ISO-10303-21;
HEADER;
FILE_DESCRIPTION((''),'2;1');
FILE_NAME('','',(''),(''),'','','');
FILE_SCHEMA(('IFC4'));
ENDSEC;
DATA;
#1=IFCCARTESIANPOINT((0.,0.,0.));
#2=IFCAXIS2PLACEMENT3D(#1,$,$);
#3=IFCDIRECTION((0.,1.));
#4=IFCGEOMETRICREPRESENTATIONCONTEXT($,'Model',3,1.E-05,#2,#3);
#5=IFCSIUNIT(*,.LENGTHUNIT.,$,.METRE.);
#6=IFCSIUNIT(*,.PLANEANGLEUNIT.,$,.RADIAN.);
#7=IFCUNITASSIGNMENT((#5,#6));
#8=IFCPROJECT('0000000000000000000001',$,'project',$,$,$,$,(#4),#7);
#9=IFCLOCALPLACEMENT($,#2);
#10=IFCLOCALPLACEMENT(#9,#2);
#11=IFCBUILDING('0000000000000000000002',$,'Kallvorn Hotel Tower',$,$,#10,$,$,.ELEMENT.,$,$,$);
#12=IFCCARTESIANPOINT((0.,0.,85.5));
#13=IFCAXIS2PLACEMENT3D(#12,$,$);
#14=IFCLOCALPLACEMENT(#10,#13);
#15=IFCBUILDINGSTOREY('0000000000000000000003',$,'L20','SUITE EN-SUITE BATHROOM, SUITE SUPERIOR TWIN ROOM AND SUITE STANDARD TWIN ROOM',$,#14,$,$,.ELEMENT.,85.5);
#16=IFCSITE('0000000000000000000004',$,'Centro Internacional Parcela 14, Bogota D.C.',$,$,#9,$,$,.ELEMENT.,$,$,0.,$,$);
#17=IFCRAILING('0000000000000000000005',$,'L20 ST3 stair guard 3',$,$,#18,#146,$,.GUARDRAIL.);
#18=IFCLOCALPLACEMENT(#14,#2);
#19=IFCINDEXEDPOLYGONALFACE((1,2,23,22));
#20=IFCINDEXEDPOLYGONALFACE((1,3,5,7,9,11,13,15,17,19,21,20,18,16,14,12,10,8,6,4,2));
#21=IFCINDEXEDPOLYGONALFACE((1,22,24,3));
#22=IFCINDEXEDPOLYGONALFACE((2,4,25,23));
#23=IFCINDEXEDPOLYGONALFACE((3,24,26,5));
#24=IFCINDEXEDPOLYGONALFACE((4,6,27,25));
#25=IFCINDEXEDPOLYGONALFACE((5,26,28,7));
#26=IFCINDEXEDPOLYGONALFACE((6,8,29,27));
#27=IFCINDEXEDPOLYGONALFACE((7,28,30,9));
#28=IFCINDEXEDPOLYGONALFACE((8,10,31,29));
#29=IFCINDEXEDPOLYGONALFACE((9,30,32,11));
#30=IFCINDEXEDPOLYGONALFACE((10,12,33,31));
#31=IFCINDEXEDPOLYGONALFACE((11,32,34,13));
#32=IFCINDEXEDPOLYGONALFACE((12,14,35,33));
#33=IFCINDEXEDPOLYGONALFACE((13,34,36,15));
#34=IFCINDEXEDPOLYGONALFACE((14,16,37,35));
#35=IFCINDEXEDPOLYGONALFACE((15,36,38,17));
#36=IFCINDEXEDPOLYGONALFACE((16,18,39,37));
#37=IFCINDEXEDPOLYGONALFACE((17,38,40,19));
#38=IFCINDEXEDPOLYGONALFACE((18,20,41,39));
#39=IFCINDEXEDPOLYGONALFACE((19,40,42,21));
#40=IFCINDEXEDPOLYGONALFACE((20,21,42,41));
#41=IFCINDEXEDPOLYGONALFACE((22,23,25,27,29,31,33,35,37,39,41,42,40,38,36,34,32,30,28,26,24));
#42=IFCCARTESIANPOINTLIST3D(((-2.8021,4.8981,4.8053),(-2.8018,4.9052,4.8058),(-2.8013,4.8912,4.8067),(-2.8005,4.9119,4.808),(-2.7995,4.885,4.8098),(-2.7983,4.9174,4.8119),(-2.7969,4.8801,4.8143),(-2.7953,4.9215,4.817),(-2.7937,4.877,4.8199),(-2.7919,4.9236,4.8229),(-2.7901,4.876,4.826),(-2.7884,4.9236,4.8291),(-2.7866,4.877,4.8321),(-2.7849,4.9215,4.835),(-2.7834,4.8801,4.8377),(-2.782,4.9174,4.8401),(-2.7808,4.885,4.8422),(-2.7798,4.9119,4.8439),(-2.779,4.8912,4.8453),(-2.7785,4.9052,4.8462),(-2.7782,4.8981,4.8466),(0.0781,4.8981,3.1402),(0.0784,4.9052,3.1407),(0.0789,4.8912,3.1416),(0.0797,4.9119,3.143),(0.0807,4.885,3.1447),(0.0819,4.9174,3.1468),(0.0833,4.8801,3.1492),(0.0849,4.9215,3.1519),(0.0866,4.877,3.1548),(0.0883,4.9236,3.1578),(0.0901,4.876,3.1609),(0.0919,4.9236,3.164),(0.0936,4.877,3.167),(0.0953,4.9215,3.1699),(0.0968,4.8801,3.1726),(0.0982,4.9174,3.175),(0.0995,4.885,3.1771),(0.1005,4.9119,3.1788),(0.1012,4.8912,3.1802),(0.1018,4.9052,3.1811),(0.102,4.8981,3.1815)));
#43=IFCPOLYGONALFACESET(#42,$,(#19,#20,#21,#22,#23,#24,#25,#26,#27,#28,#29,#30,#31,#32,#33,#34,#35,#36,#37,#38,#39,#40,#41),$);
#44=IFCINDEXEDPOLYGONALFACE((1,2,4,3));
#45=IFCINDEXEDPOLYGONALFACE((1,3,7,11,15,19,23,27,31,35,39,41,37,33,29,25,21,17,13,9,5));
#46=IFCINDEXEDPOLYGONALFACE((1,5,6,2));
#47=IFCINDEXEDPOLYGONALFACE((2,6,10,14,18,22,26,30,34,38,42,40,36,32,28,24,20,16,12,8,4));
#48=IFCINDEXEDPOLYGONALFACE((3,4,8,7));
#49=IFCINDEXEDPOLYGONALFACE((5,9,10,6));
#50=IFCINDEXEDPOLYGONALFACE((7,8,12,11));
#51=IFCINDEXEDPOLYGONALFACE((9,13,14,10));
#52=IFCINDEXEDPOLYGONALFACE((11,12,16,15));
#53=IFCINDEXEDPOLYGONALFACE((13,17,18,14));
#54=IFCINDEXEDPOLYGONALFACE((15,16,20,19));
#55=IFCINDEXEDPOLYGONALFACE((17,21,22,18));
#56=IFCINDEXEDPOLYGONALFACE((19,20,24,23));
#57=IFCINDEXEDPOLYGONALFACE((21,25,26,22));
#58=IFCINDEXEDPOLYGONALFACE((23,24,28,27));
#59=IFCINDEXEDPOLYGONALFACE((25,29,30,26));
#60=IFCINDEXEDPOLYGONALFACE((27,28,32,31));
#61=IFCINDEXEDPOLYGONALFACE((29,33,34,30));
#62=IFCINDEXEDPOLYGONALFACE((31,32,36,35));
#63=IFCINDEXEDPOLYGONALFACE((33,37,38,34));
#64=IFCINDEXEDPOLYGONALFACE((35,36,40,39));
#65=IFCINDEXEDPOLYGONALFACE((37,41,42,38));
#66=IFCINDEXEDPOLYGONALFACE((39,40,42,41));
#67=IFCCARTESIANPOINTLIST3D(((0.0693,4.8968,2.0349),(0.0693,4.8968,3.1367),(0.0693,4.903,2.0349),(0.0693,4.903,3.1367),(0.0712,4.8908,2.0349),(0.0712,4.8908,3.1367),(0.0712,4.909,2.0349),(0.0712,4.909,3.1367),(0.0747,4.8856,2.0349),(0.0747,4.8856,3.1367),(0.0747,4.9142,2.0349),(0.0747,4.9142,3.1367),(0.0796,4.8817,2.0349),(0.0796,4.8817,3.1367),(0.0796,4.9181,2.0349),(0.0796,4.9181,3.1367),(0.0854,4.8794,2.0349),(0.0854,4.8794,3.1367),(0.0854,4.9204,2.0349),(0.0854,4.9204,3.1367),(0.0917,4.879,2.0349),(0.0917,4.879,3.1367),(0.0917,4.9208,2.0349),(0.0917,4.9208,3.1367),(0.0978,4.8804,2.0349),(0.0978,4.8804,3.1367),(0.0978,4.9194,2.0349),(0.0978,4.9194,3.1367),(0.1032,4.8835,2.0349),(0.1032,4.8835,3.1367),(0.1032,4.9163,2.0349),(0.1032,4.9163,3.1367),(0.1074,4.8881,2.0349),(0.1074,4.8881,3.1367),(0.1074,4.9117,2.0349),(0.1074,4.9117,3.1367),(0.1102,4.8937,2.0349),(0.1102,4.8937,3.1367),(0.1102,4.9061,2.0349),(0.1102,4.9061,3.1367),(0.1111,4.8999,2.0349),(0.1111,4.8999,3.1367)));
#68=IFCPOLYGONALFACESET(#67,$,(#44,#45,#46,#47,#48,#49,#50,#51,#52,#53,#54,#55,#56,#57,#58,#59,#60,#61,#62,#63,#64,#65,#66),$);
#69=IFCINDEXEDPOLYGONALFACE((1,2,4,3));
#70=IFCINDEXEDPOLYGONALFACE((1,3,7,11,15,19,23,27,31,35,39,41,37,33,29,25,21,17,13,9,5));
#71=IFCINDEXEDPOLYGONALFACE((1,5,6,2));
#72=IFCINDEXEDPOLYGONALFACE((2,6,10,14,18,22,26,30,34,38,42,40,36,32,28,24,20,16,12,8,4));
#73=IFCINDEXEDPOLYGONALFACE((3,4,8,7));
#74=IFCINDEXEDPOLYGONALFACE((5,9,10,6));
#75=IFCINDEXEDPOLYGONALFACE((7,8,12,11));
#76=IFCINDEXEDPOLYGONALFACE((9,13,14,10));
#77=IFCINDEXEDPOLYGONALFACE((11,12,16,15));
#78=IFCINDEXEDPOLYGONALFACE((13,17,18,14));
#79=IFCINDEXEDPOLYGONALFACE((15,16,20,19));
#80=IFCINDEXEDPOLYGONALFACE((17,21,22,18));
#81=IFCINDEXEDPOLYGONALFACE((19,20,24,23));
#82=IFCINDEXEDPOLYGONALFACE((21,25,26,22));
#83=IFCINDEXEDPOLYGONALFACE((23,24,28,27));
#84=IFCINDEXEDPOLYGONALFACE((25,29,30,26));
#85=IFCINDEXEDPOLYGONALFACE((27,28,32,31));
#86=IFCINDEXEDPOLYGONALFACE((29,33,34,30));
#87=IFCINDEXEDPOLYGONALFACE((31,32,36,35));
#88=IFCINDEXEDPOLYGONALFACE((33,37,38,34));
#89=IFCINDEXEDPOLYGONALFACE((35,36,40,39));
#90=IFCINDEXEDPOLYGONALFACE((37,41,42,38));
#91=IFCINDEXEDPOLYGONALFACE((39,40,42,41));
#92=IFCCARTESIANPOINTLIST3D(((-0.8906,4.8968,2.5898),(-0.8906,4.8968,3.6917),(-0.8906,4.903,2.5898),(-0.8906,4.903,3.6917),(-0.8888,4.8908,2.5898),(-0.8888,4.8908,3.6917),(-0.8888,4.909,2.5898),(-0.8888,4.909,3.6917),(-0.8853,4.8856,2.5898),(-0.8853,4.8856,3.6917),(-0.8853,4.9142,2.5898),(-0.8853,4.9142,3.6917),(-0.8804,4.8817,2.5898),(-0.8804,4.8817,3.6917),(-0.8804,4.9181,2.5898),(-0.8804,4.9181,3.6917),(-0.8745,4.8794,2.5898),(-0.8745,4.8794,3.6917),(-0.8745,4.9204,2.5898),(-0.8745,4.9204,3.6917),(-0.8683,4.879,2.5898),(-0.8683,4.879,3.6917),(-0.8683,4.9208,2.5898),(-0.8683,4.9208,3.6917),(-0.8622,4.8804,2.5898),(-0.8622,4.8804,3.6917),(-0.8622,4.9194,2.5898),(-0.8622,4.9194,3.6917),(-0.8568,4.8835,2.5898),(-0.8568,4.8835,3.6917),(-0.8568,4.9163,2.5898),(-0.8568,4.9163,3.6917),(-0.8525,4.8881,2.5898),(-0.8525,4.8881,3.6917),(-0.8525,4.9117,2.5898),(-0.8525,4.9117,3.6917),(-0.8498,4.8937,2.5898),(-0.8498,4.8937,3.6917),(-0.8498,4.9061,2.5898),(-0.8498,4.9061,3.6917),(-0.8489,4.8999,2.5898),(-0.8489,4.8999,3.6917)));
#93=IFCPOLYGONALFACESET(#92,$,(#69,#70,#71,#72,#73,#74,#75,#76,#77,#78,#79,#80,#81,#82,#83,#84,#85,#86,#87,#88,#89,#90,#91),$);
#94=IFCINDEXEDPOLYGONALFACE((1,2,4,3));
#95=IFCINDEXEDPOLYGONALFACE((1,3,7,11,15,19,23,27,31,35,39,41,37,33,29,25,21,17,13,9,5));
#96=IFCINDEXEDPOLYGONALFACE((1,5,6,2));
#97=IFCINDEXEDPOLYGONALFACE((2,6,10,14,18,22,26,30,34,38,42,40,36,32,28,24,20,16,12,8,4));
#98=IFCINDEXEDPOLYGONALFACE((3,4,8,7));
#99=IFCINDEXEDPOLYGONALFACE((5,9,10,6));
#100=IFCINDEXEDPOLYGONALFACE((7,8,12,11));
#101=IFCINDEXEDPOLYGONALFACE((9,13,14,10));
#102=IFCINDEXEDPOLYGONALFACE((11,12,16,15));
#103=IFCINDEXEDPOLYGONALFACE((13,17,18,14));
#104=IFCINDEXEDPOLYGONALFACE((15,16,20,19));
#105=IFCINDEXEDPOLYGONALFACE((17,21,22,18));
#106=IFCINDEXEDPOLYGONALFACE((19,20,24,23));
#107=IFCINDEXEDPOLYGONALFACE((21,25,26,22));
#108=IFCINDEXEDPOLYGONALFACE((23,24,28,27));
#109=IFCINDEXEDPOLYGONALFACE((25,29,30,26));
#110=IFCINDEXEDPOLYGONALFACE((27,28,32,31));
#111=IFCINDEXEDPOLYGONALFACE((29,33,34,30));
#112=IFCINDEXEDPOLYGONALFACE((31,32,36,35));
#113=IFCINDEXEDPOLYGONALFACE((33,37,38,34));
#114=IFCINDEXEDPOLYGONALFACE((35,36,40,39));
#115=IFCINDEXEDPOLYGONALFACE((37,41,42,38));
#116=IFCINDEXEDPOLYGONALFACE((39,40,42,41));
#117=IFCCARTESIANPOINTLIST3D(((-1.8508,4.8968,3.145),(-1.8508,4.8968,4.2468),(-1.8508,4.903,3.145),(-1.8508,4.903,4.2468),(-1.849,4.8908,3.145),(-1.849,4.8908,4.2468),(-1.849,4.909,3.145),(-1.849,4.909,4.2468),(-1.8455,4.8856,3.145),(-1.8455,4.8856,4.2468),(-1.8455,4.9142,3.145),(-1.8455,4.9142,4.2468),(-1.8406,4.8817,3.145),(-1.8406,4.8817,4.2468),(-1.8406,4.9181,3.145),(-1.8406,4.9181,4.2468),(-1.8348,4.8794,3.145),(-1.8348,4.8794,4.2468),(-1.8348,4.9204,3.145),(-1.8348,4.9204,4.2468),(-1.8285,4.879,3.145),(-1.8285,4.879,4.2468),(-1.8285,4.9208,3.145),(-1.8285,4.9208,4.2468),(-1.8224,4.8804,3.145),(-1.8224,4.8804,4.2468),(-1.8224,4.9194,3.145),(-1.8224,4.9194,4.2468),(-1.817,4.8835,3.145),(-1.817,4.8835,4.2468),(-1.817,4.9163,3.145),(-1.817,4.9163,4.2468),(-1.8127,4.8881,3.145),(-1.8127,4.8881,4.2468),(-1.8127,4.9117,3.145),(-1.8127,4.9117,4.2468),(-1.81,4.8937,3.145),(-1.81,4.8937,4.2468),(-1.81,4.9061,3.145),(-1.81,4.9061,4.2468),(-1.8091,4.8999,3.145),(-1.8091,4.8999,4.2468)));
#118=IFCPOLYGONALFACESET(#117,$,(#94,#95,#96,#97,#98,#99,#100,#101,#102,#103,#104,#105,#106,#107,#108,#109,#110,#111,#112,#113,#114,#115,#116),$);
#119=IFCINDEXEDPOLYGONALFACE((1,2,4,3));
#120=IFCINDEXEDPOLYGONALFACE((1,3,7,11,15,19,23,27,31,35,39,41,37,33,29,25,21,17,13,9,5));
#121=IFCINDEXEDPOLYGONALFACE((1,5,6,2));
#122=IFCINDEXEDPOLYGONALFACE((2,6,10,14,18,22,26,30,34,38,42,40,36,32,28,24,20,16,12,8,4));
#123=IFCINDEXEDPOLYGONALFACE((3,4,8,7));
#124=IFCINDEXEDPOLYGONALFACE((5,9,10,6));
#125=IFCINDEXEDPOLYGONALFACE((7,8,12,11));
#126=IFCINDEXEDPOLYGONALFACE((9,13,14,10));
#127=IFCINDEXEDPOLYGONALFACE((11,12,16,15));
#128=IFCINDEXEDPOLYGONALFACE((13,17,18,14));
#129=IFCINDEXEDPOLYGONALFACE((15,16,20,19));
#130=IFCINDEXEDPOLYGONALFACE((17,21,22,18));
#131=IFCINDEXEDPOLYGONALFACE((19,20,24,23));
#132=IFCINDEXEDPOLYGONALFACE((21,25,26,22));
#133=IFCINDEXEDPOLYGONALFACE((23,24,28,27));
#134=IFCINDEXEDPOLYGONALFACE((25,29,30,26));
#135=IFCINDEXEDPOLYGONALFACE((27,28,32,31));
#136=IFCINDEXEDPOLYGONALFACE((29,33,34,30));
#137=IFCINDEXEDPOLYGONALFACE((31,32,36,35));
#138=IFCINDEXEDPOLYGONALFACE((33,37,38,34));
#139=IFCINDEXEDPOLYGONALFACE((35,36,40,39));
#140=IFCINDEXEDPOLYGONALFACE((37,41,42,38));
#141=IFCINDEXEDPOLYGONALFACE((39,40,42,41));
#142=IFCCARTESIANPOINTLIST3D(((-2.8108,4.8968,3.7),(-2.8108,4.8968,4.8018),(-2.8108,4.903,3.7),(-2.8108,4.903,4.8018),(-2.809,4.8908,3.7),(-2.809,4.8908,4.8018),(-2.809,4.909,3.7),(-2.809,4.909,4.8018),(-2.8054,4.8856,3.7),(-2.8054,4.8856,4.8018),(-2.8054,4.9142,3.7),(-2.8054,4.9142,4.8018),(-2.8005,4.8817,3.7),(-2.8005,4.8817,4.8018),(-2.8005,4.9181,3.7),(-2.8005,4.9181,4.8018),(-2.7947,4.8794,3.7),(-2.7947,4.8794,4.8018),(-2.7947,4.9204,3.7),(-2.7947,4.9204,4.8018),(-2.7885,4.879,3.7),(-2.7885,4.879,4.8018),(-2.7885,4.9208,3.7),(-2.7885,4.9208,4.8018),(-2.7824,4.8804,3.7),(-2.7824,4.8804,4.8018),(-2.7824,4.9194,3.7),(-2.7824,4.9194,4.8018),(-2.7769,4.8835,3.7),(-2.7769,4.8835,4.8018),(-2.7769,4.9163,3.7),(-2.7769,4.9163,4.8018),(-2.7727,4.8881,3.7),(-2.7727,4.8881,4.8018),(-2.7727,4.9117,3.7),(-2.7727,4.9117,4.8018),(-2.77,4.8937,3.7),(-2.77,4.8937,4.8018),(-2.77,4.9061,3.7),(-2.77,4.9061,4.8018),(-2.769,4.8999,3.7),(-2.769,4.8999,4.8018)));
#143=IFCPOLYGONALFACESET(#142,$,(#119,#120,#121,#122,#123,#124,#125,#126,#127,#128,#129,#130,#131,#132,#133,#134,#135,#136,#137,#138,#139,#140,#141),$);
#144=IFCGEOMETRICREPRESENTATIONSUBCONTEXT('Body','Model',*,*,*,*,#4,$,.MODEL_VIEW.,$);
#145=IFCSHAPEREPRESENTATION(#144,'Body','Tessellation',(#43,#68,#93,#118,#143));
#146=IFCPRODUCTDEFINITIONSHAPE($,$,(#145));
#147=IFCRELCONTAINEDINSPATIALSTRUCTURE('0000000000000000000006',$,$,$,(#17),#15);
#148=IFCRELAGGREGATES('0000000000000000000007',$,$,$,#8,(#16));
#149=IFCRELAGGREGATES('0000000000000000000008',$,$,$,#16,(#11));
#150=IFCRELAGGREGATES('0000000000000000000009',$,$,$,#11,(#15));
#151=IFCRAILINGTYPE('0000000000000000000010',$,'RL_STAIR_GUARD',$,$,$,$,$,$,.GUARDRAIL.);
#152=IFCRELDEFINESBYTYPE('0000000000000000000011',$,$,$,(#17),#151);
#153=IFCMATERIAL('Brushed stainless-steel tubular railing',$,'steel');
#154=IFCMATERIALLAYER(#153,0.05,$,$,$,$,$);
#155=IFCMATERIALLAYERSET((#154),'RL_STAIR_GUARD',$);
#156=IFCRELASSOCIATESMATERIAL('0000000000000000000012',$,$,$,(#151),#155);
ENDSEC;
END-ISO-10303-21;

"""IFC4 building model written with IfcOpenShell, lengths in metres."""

from ifc_helpers import new_model, si_unit, direction, frame, origin, origin_2d, place, context, subcontext, project, spatial, circle, extrude, material, layer, layer_set, type_object, element, save


model = new_model("IFC4")

# Units and contexts
model_context = context("Model", 3, precision=1e-05, world=origin(), true_north=direction((0.0, 1.0)))
body_context = subcontext(model_context, "Body", "Model", "MODEL_VIEW")
ifc_project = project(units=[si_unit("LENGTHUNIT", "METRE"), si_unit("PLANEANGLEUNIT", "RADIAN")], contexts=[model_context])

# Site, building, storey
site_placement = place(None, origin())
site = spatial("IfcSite", under=ifc_project, at=site_placement, Name="Centro Internacional Parcela 14, Bogota D.C.", CompositionType="ELEMENT", RefElevation=0.0)
building_placement = place(site_placement, origin())
building = spatial("IfcBuilding", under=site, at=building_placement, Name="Kallvorn Hotel Tower", CompositionType="ELEMENT")
storey_placement = place(building_placement, frame((0.0, 0.0, 85.5)))
storey = spatial("IfcBuildingStorey", under=building, at=storey_placement, Name="L20", Description="SUITE EN-SUITE BATHROOM, SUITE SUPERIOR TWIN ROOM AND SUITE STANDARD TWIN ROOM", CompositionType="ELEMENT", Elevation=85.5)

# Railing
ifc_material_1 = material(Name="Brushed stainless-steel tubular railing", Category="steel")
ifc_layer_1 = layer(ifc_material_1, 0.05)
ifc_layer_set_1 = layer_set([ifc_layer_1], Name="RL_STAIR_GUARD")
railing_type_1 = type_object("IfcRailingType", Name="RL_STAIR_GUARD", PredefinedType="GUARDRAIL", material=ifc_layer_set_1)
railing_1_placement = place(storey_placement, frame((0.0901, 4.8999, 2.0349)))
element("IfcRailing", 1, at=railing_1_placement, inside=storey, type_object=railing_type_1, Name="L20 ST3 stair guard 3", PredefinedType="GUARDRAIL", context=body_context, shape_type="SweptSolid", body=[
    extrude(circle(Radius=0.0239, at=origin_2d()), frame((0.0, 0.0, 1.126), z_axis=(-0.865739, 0.0, 0.500495), x_axis=(0.0, -1.0, 0.0)), (0.0, 0.0, 1.0), 3.3269),
    extrude(circle(Radius=0.021, at=origin_2d()), origin(), (0.0, 0.0, 1.0), 1.1018),
    extrude(circle(Radius=0.021, at=origin_2d()), frame((-0.96, 0.0, 0.5549)), (0.0, 0.0, 1.0), 1.1018),
    extrude(circle(Radius=0.021, at=origin_2d()), frame((-1.9202, 0.0, 1.1101)), (0.0, 0.0, 1.0), 1.1018),
    extrude(circle(Radius=0.021, at=origin_2d()), frame((-2.8801, 0.0, 1.665)), (0.0, 0.0, 1.0), 1.1018),
])

save(model, "model.ifc")
